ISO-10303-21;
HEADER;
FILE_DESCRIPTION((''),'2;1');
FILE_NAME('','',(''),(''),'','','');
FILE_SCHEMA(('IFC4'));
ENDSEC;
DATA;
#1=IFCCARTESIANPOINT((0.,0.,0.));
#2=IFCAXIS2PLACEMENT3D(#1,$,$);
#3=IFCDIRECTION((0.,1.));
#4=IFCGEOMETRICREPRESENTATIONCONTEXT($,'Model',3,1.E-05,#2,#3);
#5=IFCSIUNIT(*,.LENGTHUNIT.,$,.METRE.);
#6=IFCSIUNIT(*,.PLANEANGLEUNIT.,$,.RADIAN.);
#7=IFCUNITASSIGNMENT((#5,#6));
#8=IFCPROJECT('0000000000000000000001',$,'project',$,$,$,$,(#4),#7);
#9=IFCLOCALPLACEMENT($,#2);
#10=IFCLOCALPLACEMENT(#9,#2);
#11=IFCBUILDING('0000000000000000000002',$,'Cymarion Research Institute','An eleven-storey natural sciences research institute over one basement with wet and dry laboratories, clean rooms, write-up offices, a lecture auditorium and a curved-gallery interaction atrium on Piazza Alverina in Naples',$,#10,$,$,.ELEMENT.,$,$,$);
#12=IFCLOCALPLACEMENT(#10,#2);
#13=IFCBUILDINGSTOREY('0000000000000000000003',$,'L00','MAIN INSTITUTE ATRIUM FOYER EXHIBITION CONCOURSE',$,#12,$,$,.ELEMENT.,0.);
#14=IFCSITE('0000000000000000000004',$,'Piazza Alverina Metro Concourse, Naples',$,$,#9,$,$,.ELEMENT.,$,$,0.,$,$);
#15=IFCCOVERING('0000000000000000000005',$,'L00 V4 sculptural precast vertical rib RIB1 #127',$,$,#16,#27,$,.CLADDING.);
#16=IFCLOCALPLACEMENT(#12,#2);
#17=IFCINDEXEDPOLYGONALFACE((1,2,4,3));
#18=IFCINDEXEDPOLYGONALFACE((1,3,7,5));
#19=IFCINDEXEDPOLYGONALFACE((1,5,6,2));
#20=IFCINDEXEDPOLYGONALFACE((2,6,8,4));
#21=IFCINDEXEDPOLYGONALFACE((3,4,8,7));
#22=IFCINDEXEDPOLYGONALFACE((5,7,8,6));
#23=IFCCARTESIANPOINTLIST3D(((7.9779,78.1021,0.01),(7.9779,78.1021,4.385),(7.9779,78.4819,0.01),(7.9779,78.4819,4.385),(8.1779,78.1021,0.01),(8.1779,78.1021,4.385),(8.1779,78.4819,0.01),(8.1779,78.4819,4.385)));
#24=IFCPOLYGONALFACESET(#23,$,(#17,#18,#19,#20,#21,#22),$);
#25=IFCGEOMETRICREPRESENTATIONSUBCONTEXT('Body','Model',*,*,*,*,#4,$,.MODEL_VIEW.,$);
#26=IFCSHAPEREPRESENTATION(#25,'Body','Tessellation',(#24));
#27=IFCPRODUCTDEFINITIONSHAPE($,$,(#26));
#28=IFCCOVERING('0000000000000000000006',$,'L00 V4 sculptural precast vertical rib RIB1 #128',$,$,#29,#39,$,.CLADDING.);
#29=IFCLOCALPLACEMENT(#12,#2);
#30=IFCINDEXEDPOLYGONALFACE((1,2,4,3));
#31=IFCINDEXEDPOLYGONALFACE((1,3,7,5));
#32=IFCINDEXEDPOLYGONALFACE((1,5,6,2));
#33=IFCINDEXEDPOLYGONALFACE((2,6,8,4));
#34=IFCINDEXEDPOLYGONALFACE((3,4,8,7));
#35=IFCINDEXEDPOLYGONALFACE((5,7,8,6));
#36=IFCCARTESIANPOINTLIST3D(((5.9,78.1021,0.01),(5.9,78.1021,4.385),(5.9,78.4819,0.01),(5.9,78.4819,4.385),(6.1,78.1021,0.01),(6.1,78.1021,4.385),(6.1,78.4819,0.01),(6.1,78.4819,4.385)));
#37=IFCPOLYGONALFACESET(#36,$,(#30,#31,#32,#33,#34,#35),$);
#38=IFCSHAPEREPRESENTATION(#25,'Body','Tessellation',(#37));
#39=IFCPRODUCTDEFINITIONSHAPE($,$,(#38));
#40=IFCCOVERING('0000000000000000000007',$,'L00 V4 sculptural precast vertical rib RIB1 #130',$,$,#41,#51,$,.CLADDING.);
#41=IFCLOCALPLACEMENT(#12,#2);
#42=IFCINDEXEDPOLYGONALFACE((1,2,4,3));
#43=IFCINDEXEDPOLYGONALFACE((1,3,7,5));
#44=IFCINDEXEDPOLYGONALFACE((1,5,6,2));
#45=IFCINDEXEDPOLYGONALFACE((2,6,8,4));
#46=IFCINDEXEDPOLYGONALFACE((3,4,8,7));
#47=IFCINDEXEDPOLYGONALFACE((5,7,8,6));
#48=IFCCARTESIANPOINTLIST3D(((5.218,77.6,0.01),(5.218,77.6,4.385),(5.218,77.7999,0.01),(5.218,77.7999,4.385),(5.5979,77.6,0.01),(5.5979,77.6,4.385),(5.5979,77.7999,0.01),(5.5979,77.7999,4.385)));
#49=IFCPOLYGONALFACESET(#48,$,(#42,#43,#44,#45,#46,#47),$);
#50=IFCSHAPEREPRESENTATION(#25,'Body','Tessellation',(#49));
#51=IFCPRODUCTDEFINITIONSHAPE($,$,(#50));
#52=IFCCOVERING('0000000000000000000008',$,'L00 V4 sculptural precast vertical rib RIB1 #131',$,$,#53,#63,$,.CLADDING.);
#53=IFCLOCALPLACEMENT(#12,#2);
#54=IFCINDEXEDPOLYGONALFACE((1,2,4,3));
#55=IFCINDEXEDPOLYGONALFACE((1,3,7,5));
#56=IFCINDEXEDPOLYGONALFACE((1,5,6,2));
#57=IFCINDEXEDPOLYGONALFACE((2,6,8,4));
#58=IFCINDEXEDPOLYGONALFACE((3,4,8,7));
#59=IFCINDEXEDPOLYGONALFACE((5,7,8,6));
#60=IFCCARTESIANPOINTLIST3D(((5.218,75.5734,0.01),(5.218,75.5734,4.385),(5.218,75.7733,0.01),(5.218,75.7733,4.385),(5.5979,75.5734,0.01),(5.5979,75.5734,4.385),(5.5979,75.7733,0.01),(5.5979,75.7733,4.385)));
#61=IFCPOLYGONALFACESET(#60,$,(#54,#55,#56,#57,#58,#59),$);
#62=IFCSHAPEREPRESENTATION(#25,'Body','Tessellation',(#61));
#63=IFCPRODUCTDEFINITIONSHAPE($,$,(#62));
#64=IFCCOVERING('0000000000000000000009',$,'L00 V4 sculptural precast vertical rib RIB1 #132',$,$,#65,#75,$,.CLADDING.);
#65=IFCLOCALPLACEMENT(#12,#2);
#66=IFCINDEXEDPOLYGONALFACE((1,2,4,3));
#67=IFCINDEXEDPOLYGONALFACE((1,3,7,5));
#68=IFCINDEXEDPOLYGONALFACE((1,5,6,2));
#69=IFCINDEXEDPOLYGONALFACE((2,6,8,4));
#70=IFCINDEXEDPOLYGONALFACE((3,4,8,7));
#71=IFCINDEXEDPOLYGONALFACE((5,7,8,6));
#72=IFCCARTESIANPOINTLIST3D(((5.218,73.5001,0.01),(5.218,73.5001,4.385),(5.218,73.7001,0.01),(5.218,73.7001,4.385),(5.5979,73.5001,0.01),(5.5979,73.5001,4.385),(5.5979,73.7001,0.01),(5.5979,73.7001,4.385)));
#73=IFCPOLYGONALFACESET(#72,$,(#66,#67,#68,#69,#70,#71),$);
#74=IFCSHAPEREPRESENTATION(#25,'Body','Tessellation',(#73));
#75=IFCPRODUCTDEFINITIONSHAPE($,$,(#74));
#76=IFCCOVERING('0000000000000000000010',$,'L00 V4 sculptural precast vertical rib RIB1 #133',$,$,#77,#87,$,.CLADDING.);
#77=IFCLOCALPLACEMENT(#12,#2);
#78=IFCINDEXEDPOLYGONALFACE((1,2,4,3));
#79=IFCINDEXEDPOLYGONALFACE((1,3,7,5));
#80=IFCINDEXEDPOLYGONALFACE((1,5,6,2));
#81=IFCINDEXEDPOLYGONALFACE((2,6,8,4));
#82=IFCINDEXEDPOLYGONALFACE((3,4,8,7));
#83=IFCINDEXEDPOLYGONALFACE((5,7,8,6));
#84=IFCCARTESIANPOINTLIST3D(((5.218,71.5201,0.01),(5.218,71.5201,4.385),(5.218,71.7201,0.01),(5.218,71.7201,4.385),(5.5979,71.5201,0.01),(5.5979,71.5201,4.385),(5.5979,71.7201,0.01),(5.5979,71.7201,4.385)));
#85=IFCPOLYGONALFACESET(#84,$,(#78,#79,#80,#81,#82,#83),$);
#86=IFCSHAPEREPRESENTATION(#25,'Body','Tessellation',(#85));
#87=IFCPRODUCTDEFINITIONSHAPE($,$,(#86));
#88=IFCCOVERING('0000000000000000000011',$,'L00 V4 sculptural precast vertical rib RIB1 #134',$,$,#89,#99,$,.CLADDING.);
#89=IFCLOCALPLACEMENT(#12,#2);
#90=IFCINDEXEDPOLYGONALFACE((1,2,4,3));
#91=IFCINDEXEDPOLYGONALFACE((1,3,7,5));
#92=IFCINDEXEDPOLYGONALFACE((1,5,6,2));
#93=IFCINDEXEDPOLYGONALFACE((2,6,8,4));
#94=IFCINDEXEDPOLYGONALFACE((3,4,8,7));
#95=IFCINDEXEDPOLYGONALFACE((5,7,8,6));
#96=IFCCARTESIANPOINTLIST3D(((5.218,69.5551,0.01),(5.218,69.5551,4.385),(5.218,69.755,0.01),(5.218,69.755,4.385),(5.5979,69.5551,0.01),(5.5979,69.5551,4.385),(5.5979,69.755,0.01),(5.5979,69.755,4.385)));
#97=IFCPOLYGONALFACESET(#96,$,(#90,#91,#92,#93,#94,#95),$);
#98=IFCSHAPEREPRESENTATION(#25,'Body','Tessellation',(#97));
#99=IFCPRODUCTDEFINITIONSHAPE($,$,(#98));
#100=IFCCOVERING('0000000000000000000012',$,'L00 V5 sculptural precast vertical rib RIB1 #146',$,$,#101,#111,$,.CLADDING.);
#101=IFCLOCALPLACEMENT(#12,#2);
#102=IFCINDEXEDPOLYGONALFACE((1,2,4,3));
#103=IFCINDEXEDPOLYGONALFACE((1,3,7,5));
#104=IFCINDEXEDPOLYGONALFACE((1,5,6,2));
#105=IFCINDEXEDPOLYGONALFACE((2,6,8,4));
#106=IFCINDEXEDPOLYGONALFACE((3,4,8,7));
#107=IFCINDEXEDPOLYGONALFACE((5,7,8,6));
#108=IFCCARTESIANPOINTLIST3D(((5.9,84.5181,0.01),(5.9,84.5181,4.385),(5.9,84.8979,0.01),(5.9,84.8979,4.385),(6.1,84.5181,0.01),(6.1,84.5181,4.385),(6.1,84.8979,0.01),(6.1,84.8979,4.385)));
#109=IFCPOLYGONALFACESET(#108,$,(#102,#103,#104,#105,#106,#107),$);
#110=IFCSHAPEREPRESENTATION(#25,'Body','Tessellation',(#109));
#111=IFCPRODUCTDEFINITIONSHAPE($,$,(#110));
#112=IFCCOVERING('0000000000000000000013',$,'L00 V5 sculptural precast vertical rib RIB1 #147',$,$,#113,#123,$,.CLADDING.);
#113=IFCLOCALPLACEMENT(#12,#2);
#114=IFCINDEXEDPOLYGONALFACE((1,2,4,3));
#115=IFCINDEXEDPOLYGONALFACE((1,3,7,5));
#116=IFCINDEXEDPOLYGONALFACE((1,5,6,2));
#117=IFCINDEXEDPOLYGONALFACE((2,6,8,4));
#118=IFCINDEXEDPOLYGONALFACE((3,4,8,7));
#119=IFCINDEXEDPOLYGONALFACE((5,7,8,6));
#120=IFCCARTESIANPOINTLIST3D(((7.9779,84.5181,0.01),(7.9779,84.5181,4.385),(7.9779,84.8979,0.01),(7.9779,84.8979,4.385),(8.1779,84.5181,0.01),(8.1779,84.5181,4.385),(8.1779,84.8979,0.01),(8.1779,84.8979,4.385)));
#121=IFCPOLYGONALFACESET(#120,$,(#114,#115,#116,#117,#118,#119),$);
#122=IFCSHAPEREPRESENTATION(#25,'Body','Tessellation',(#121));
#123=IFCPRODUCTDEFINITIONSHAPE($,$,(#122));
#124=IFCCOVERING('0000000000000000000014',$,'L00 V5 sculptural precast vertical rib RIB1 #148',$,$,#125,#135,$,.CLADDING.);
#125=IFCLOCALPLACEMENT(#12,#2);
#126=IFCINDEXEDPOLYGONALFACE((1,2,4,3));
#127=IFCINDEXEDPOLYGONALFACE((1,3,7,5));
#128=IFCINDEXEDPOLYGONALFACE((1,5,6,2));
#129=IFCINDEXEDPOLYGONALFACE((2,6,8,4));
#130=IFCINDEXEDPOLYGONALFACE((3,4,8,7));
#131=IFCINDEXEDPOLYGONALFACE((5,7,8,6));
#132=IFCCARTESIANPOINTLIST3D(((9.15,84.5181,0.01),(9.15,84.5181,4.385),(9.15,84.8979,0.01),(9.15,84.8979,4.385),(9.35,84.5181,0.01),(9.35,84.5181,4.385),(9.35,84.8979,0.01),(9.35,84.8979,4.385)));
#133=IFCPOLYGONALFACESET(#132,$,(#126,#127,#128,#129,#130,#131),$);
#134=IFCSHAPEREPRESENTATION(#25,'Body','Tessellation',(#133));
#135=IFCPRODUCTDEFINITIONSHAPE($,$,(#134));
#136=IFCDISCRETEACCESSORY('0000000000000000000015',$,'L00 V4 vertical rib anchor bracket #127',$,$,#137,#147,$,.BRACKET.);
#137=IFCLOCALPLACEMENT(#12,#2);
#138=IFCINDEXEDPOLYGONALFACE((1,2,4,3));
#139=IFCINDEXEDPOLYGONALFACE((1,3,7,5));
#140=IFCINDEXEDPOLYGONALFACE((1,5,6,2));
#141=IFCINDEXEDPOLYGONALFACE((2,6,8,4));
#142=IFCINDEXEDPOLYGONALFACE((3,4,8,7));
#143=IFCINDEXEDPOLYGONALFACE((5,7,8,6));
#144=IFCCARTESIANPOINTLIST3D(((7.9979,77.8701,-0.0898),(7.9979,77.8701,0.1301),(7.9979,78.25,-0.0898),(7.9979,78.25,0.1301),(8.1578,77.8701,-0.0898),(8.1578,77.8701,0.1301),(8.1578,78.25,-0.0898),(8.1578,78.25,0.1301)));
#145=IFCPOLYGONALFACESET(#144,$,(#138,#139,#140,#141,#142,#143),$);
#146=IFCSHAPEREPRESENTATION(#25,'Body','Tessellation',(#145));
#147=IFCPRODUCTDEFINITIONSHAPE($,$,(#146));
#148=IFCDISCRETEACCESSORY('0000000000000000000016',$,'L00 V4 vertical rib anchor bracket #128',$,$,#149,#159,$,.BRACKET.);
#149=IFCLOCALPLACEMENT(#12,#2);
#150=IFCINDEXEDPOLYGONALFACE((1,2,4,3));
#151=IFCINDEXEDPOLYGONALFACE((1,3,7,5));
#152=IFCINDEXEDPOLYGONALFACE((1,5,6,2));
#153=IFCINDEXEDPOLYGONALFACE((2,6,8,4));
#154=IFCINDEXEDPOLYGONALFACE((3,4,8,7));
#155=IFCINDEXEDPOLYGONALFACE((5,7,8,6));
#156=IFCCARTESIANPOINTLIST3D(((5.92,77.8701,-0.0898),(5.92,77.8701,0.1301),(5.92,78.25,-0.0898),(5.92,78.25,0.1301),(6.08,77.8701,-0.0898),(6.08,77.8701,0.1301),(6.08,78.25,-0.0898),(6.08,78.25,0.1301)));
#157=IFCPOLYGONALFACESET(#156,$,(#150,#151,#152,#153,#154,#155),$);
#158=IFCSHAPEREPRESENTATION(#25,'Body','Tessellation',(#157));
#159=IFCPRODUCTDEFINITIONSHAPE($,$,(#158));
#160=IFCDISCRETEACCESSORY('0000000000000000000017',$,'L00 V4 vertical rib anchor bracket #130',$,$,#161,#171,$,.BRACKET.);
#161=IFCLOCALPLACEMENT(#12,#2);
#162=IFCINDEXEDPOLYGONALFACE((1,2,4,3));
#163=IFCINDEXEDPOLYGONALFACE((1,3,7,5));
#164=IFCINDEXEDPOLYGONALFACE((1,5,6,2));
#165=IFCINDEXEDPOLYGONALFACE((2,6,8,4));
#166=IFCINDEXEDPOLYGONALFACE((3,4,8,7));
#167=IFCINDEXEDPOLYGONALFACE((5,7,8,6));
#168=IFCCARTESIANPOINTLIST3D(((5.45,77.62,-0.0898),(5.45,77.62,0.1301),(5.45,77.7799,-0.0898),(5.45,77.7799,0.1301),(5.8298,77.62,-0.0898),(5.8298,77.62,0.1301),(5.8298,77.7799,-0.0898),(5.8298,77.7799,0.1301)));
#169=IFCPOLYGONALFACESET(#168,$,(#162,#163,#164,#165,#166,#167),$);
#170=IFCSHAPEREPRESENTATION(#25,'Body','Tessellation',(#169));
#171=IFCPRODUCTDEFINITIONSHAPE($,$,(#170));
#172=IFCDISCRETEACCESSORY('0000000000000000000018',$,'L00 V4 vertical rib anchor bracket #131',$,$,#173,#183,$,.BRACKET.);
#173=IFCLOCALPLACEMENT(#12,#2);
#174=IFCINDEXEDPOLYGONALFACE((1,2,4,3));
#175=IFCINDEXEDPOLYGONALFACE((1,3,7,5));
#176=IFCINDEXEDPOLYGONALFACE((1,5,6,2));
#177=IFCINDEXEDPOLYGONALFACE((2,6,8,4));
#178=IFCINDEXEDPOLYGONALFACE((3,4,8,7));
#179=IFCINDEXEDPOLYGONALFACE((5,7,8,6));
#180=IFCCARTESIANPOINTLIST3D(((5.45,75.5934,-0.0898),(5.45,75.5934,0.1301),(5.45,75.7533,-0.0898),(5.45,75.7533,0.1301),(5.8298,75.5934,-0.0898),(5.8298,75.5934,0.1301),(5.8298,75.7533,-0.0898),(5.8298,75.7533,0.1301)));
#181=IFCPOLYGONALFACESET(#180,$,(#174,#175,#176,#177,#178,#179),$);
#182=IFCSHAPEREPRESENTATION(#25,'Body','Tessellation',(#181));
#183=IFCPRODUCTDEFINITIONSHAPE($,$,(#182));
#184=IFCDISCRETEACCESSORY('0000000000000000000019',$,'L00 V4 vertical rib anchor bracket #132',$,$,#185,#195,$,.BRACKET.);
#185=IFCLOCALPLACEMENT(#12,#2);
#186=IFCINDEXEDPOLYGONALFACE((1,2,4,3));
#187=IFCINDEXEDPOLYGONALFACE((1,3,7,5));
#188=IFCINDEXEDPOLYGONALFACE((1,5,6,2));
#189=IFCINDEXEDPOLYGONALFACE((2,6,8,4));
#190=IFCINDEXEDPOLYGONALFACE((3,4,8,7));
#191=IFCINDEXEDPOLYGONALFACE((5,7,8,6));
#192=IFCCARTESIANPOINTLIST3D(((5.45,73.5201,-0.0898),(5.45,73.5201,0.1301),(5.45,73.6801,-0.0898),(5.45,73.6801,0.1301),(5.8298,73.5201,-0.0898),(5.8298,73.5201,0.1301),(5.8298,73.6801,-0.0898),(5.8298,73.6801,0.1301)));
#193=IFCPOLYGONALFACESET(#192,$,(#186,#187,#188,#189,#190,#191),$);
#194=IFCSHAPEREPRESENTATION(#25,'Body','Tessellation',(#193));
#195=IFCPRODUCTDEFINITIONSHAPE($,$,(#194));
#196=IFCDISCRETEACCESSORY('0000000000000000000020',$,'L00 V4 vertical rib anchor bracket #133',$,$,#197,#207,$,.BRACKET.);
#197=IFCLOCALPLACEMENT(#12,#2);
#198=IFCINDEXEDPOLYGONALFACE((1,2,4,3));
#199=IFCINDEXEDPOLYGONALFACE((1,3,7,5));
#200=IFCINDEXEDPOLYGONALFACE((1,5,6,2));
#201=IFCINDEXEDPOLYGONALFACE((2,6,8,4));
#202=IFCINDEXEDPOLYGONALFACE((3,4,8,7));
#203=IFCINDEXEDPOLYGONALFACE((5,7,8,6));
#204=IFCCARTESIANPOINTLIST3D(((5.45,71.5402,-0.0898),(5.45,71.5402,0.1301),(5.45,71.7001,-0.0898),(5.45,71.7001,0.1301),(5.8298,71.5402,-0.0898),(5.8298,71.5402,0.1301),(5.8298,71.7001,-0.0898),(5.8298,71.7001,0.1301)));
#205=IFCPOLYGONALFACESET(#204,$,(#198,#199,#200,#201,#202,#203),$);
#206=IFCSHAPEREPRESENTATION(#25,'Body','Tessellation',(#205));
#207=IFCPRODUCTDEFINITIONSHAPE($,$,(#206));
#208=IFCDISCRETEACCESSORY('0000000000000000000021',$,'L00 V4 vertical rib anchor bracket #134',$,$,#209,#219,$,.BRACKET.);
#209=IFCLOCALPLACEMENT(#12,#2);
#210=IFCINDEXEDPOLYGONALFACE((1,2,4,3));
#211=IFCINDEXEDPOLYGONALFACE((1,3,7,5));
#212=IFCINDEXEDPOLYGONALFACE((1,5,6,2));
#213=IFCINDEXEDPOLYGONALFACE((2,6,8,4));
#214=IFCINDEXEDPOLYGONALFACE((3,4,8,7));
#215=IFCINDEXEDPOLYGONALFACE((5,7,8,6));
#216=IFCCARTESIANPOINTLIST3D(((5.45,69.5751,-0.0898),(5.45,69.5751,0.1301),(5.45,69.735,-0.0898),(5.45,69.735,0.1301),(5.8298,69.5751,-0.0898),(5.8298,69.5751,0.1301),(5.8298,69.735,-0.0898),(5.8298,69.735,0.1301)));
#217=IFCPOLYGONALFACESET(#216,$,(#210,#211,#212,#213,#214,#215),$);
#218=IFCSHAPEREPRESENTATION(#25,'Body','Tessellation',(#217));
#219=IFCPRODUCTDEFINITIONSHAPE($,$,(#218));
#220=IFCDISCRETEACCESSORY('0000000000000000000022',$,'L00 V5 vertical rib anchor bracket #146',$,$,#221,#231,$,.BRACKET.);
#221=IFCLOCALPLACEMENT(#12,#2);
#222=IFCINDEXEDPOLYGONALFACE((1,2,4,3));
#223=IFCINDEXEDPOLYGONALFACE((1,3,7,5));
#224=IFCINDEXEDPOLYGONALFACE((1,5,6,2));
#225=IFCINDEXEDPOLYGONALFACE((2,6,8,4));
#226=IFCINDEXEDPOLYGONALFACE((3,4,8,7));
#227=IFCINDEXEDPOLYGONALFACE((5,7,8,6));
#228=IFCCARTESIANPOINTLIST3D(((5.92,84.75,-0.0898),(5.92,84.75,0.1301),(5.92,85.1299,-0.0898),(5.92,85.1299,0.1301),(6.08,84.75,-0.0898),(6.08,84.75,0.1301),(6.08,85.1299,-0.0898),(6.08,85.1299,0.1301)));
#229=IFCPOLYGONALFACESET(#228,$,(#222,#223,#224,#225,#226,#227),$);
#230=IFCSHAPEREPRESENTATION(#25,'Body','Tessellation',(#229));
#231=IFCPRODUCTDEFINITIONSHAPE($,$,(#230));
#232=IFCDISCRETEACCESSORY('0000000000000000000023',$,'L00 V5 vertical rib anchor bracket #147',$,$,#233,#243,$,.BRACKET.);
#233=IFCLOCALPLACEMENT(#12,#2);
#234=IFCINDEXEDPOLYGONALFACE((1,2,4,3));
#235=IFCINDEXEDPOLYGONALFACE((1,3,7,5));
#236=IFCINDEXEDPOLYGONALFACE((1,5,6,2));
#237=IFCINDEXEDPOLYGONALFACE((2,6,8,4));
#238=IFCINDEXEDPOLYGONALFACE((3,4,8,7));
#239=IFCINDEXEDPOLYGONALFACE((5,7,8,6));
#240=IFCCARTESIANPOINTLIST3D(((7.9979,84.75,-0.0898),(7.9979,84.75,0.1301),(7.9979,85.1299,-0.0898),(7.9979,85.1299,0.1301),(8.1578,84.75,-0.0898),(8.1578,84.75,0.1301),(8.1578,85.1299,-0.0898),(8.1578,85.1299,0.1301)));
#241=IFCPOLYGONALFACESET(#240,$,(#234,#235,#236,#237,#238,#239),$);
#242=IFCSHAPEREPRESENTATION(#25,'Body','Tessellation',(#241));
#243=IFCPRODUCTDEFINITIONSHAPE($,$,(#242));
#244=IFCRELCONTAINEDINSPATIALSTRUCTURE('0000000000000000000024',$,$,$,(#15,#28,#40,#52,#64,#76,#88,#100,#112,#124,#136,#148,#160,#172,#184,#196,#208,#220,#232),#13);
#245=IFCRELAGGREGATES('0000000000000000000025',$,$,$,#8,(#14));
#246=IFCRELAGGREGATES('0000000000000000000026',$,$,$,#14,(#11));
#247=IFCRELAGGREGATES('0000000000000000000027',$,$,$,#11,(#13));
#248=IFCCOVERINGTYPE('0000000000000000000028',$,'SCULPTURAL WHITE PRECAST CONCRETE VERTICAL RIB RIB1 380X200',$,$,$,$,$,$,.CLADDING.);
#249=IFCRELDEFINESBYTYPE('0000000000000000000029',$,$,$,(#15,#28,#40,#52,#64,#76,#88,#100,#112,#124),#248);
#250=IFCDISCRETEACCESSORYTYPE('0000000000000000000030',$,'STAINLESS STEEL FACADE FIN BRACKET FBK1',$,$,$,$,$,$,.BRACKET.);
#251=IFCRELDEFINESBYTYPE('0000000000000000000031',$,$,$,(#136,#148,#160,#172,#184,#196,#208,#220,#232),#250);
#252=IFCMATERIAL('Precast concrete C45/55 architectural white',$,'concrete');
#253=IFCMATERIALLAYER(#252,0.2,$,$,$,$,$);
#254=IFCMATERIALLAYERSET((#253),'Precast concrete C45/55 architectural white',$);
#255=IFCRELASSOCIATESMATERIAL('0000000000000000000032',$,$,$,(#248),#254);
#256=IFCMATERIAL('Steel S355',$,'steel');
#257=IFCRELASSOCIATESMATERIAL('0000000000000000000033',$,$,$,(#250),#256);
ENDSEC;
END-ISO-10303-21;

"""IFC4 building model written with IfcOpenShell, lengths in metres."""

from ifc_helpers import new_model, si_unit, direction, frame, origin, origin_2d, place, context, subcontext, project, spatial, rectangle, extrude, material, layer, layer_set, type_object, element, save


model = new_model("IFC4")

# Units and contexts
model_context = context("Model", 3, precision=1e-05, world=origin(), true_north=direction((0.0, 1.0)))
body_context = subcontext(model_context, "Body", "Model", "MODEL_VIEW")
ifc_project = project(units=[si_unit("LENGTHUNIT", "METRE"), si_unit("PLANEANGLEUNIT", "RADIAN")], contexts=[model_context])

# Site, building, storey
site_placement = place(None, origin())
site = spatial("IfcSite", under=ifc_project, at=site_placement, Name="Piazza Alverina Metro Concourse, Naples", CompositionType="ELEMENT", RefElevation=0.0)
building_placement = place(site_placement, origin())
building = spatial("IfcBuilding", under=site, at=building_placement, Name="Cymarion Research Institute", Description="An eleven-storey natural sciences research institute over one basement with wet and dry laboratories, clean rooms, write-up offices, a lecture auditorium and a curved-gallery interaction atrium on Piazza Alverina in Naples", CompositionType="ELEMENT")
storey_placement = place(building_placement, origin())
storey = spatial("IfcBuildingStorey", under=building, at=storey_placement, Name="L00", Description="MAIN INSTITUTE ATRIUM FOYER EXHIBITION CONCOURSE", CompositionType="ELEMENT", Elevation=0.0)

# Shared definitions
ifc_material_1 = material(Name="Steel S355", Category="steel")

# Coverings
ifc_material_2 = material(Name="Precast concrete C45/55 architectural white", Category="concrete")
ifc_layer_1 = layer(ifc_material_2, 0.2)
ifc_layer_set_1 = layer_set([ifc_layer_1], Name="Precast concrete C45/55 architectural white")
covering_type = type_object("IfcCoveringType", Name="SCULPTURAL WHITE PRECAST CONCRETE VERTICAL RIB RIB1 380X200", PredefinedType="CLADDING", material=ifc_layer_set_1)
for number, where, z_axis, x_axis, name in (
    (1, (8.0779, 78.292, 0.01), (0.0, 0.0, 1.0), (0.0, 1.0, 0.0), "L00 V4 sculptural precast vertical rib RIB1 #127"),
    (2, (6.0, 78.292, 0.01), (0.0, 0.0, 1.0), (0.0, 1.0, 0.0), "L00 V4 sculptural precast vertical rib RIB1 #128"),
    (3, (5.408, 77.7, 0.01), (0.0, 0.0, 1.0), (-1.0, 0.0, 0.0), "L00 V4 sculptural precast vertical rib RIB1 #130"),
    (4, (5.408, 75.6733, 0.01), (0.0, 0.0, 1.0), (-1.0, 0.0, 0.0), "L00 V4 sculptural precast vertical rib RIB1 #131"),
    (5, (5.408, 73.6001, 0.01), (0.0, 0.0, 1.0), (-1.0, 0.0, 0.0), "L00 V4 sculptural precast vertical rib RIB1 #132"),
    (6, (5.408, 71.6201, 0.01), (0.0, 0.0, 1.0), (-1.0, 0.0, 0.0), "L00 V4 sculptural precast vertical rib RIB1 #133"),
    (7, (5.408, 69.655, 0.01), (0.0, 0.0, 1.0), (-1.0, 0.0, 0.0), "L00 V4 sculptural precast vertical rib RIB1 #134"),
    (8, (6.0, 84.708, 0.01), (0.0, 0.0, 1.0), (0.0, -1.0, 0.0), "L00 V5 sculptural precast vertical rib RIB1 #146"),
    (9, (8.0779, 84.708, 0.01), (0.0, 0.0, 1.0), (0.0, -1.0, 0.0), "L00 V5 sculptural precast vertical rib RIB1 #147"),
    (10, (9.25, 84.708, 0.01), (0.0, 0.0, 1.0), (0.0, -1.0, 0.0), "L00 V5 sculptural precast vertical rib RIB1 #148"),
):
    element("IfcCovering", number, at=place(storey_placement, frame(where, z_axis=z_axis, x_axis=x_axis)), inside=storey, type_object=covering_type, Name=name, PredefinedType="CLADDING", context=body_context, shape_type="SweptSolid", body=[
        extrude(rectangle(XDim=0.3799, YDim=0.2, at=origin_2d()), origin(), (0.0, 0.0, 1.0), 4.375),
    ])

# Discrete accessories
discrete_accessory_type = type_object("IfcDiscreteAccessoryType", Name="STAINLESS STEEL FACADE FIN BRACKET FBK1", PredefinedType="BRACKET", material=ifc_material_1)
for number, where, z_axis, x_axis, name in (
    (11, (8.0779, 78.0601, -0.0898), (0.0, 0.0, 1.0), (0.0, 1.0, 0.0), "L00 V4 vertical rib anchor bracket #127"),
    (12, (6.0, 78.0601, -0.0898), (0.0, 0.0, 1.0), (0.0, 1.0, 0.0), "L00 V4 vertical rib anchor bracket #128"),
    (13, (5.6399, 77.7, -0.0898), (0.0, 0.0, 1.0), (-1.0, 0.0, 0.0), "L00 V4 vertical rib anchor bracket #130"),
    (14, (5.6399, 75.6733, -0.0898), (0.0, 0.0, 1.0), (-1.0, 0.0, 0.0), "L00 V4 vertical rib anchor bracket #131"),
    (15, (5.6399, 73.6001, -0.0898), (0.0, 0.0, 1.0), (-1.0, 0.0, 0.0), "L00 V4 vertical rib anchor bracket #132"),
    (16, (5.6399, 71.6201, -0.0898), (0.0, 0.0, 1.0), (-1.0, 0.0, 0.0), "L00 V4 vertical rib anchor bracket #133"),
    (17, (5.6399, 69.655, -0.0898), (0.0, 0.0, 1.0), (-1.0, 0.0, 0.0), "L00 V4 vertical rib anchor bracket #134"),
    (18, (6.0, 84.9399, -0.0898), (0.0, 0.0, 1.0), (0.0, -1.0, 0.0), "L00 V5 vertical rib anchor bracket #146"),
    (19, (8.0779, 84.9399, -0.0898), (0.0, 0.0, 1.0), (0.0, -1.0, 0.0), "L00 V5 vertical rib anchor bracket #147"),
):
    element("IfcDiscreteAccessory", number, at=place(storey_placement, frame(where, z_axis=z_axis, x_axis=x_axis)), inside=storey, type_object=discrete_accessory_type, Name=name, PredefinedType="BRACKET", context=body_context, shape_type="SweptSolid", body=[
        extrude(rectangle(XDim=0.3799, YDim=0.1599, at=origin_2d()), origin(), (0.0, 0.0, 1.0), 0.22),
    ])

save(model, "model.ifc")
